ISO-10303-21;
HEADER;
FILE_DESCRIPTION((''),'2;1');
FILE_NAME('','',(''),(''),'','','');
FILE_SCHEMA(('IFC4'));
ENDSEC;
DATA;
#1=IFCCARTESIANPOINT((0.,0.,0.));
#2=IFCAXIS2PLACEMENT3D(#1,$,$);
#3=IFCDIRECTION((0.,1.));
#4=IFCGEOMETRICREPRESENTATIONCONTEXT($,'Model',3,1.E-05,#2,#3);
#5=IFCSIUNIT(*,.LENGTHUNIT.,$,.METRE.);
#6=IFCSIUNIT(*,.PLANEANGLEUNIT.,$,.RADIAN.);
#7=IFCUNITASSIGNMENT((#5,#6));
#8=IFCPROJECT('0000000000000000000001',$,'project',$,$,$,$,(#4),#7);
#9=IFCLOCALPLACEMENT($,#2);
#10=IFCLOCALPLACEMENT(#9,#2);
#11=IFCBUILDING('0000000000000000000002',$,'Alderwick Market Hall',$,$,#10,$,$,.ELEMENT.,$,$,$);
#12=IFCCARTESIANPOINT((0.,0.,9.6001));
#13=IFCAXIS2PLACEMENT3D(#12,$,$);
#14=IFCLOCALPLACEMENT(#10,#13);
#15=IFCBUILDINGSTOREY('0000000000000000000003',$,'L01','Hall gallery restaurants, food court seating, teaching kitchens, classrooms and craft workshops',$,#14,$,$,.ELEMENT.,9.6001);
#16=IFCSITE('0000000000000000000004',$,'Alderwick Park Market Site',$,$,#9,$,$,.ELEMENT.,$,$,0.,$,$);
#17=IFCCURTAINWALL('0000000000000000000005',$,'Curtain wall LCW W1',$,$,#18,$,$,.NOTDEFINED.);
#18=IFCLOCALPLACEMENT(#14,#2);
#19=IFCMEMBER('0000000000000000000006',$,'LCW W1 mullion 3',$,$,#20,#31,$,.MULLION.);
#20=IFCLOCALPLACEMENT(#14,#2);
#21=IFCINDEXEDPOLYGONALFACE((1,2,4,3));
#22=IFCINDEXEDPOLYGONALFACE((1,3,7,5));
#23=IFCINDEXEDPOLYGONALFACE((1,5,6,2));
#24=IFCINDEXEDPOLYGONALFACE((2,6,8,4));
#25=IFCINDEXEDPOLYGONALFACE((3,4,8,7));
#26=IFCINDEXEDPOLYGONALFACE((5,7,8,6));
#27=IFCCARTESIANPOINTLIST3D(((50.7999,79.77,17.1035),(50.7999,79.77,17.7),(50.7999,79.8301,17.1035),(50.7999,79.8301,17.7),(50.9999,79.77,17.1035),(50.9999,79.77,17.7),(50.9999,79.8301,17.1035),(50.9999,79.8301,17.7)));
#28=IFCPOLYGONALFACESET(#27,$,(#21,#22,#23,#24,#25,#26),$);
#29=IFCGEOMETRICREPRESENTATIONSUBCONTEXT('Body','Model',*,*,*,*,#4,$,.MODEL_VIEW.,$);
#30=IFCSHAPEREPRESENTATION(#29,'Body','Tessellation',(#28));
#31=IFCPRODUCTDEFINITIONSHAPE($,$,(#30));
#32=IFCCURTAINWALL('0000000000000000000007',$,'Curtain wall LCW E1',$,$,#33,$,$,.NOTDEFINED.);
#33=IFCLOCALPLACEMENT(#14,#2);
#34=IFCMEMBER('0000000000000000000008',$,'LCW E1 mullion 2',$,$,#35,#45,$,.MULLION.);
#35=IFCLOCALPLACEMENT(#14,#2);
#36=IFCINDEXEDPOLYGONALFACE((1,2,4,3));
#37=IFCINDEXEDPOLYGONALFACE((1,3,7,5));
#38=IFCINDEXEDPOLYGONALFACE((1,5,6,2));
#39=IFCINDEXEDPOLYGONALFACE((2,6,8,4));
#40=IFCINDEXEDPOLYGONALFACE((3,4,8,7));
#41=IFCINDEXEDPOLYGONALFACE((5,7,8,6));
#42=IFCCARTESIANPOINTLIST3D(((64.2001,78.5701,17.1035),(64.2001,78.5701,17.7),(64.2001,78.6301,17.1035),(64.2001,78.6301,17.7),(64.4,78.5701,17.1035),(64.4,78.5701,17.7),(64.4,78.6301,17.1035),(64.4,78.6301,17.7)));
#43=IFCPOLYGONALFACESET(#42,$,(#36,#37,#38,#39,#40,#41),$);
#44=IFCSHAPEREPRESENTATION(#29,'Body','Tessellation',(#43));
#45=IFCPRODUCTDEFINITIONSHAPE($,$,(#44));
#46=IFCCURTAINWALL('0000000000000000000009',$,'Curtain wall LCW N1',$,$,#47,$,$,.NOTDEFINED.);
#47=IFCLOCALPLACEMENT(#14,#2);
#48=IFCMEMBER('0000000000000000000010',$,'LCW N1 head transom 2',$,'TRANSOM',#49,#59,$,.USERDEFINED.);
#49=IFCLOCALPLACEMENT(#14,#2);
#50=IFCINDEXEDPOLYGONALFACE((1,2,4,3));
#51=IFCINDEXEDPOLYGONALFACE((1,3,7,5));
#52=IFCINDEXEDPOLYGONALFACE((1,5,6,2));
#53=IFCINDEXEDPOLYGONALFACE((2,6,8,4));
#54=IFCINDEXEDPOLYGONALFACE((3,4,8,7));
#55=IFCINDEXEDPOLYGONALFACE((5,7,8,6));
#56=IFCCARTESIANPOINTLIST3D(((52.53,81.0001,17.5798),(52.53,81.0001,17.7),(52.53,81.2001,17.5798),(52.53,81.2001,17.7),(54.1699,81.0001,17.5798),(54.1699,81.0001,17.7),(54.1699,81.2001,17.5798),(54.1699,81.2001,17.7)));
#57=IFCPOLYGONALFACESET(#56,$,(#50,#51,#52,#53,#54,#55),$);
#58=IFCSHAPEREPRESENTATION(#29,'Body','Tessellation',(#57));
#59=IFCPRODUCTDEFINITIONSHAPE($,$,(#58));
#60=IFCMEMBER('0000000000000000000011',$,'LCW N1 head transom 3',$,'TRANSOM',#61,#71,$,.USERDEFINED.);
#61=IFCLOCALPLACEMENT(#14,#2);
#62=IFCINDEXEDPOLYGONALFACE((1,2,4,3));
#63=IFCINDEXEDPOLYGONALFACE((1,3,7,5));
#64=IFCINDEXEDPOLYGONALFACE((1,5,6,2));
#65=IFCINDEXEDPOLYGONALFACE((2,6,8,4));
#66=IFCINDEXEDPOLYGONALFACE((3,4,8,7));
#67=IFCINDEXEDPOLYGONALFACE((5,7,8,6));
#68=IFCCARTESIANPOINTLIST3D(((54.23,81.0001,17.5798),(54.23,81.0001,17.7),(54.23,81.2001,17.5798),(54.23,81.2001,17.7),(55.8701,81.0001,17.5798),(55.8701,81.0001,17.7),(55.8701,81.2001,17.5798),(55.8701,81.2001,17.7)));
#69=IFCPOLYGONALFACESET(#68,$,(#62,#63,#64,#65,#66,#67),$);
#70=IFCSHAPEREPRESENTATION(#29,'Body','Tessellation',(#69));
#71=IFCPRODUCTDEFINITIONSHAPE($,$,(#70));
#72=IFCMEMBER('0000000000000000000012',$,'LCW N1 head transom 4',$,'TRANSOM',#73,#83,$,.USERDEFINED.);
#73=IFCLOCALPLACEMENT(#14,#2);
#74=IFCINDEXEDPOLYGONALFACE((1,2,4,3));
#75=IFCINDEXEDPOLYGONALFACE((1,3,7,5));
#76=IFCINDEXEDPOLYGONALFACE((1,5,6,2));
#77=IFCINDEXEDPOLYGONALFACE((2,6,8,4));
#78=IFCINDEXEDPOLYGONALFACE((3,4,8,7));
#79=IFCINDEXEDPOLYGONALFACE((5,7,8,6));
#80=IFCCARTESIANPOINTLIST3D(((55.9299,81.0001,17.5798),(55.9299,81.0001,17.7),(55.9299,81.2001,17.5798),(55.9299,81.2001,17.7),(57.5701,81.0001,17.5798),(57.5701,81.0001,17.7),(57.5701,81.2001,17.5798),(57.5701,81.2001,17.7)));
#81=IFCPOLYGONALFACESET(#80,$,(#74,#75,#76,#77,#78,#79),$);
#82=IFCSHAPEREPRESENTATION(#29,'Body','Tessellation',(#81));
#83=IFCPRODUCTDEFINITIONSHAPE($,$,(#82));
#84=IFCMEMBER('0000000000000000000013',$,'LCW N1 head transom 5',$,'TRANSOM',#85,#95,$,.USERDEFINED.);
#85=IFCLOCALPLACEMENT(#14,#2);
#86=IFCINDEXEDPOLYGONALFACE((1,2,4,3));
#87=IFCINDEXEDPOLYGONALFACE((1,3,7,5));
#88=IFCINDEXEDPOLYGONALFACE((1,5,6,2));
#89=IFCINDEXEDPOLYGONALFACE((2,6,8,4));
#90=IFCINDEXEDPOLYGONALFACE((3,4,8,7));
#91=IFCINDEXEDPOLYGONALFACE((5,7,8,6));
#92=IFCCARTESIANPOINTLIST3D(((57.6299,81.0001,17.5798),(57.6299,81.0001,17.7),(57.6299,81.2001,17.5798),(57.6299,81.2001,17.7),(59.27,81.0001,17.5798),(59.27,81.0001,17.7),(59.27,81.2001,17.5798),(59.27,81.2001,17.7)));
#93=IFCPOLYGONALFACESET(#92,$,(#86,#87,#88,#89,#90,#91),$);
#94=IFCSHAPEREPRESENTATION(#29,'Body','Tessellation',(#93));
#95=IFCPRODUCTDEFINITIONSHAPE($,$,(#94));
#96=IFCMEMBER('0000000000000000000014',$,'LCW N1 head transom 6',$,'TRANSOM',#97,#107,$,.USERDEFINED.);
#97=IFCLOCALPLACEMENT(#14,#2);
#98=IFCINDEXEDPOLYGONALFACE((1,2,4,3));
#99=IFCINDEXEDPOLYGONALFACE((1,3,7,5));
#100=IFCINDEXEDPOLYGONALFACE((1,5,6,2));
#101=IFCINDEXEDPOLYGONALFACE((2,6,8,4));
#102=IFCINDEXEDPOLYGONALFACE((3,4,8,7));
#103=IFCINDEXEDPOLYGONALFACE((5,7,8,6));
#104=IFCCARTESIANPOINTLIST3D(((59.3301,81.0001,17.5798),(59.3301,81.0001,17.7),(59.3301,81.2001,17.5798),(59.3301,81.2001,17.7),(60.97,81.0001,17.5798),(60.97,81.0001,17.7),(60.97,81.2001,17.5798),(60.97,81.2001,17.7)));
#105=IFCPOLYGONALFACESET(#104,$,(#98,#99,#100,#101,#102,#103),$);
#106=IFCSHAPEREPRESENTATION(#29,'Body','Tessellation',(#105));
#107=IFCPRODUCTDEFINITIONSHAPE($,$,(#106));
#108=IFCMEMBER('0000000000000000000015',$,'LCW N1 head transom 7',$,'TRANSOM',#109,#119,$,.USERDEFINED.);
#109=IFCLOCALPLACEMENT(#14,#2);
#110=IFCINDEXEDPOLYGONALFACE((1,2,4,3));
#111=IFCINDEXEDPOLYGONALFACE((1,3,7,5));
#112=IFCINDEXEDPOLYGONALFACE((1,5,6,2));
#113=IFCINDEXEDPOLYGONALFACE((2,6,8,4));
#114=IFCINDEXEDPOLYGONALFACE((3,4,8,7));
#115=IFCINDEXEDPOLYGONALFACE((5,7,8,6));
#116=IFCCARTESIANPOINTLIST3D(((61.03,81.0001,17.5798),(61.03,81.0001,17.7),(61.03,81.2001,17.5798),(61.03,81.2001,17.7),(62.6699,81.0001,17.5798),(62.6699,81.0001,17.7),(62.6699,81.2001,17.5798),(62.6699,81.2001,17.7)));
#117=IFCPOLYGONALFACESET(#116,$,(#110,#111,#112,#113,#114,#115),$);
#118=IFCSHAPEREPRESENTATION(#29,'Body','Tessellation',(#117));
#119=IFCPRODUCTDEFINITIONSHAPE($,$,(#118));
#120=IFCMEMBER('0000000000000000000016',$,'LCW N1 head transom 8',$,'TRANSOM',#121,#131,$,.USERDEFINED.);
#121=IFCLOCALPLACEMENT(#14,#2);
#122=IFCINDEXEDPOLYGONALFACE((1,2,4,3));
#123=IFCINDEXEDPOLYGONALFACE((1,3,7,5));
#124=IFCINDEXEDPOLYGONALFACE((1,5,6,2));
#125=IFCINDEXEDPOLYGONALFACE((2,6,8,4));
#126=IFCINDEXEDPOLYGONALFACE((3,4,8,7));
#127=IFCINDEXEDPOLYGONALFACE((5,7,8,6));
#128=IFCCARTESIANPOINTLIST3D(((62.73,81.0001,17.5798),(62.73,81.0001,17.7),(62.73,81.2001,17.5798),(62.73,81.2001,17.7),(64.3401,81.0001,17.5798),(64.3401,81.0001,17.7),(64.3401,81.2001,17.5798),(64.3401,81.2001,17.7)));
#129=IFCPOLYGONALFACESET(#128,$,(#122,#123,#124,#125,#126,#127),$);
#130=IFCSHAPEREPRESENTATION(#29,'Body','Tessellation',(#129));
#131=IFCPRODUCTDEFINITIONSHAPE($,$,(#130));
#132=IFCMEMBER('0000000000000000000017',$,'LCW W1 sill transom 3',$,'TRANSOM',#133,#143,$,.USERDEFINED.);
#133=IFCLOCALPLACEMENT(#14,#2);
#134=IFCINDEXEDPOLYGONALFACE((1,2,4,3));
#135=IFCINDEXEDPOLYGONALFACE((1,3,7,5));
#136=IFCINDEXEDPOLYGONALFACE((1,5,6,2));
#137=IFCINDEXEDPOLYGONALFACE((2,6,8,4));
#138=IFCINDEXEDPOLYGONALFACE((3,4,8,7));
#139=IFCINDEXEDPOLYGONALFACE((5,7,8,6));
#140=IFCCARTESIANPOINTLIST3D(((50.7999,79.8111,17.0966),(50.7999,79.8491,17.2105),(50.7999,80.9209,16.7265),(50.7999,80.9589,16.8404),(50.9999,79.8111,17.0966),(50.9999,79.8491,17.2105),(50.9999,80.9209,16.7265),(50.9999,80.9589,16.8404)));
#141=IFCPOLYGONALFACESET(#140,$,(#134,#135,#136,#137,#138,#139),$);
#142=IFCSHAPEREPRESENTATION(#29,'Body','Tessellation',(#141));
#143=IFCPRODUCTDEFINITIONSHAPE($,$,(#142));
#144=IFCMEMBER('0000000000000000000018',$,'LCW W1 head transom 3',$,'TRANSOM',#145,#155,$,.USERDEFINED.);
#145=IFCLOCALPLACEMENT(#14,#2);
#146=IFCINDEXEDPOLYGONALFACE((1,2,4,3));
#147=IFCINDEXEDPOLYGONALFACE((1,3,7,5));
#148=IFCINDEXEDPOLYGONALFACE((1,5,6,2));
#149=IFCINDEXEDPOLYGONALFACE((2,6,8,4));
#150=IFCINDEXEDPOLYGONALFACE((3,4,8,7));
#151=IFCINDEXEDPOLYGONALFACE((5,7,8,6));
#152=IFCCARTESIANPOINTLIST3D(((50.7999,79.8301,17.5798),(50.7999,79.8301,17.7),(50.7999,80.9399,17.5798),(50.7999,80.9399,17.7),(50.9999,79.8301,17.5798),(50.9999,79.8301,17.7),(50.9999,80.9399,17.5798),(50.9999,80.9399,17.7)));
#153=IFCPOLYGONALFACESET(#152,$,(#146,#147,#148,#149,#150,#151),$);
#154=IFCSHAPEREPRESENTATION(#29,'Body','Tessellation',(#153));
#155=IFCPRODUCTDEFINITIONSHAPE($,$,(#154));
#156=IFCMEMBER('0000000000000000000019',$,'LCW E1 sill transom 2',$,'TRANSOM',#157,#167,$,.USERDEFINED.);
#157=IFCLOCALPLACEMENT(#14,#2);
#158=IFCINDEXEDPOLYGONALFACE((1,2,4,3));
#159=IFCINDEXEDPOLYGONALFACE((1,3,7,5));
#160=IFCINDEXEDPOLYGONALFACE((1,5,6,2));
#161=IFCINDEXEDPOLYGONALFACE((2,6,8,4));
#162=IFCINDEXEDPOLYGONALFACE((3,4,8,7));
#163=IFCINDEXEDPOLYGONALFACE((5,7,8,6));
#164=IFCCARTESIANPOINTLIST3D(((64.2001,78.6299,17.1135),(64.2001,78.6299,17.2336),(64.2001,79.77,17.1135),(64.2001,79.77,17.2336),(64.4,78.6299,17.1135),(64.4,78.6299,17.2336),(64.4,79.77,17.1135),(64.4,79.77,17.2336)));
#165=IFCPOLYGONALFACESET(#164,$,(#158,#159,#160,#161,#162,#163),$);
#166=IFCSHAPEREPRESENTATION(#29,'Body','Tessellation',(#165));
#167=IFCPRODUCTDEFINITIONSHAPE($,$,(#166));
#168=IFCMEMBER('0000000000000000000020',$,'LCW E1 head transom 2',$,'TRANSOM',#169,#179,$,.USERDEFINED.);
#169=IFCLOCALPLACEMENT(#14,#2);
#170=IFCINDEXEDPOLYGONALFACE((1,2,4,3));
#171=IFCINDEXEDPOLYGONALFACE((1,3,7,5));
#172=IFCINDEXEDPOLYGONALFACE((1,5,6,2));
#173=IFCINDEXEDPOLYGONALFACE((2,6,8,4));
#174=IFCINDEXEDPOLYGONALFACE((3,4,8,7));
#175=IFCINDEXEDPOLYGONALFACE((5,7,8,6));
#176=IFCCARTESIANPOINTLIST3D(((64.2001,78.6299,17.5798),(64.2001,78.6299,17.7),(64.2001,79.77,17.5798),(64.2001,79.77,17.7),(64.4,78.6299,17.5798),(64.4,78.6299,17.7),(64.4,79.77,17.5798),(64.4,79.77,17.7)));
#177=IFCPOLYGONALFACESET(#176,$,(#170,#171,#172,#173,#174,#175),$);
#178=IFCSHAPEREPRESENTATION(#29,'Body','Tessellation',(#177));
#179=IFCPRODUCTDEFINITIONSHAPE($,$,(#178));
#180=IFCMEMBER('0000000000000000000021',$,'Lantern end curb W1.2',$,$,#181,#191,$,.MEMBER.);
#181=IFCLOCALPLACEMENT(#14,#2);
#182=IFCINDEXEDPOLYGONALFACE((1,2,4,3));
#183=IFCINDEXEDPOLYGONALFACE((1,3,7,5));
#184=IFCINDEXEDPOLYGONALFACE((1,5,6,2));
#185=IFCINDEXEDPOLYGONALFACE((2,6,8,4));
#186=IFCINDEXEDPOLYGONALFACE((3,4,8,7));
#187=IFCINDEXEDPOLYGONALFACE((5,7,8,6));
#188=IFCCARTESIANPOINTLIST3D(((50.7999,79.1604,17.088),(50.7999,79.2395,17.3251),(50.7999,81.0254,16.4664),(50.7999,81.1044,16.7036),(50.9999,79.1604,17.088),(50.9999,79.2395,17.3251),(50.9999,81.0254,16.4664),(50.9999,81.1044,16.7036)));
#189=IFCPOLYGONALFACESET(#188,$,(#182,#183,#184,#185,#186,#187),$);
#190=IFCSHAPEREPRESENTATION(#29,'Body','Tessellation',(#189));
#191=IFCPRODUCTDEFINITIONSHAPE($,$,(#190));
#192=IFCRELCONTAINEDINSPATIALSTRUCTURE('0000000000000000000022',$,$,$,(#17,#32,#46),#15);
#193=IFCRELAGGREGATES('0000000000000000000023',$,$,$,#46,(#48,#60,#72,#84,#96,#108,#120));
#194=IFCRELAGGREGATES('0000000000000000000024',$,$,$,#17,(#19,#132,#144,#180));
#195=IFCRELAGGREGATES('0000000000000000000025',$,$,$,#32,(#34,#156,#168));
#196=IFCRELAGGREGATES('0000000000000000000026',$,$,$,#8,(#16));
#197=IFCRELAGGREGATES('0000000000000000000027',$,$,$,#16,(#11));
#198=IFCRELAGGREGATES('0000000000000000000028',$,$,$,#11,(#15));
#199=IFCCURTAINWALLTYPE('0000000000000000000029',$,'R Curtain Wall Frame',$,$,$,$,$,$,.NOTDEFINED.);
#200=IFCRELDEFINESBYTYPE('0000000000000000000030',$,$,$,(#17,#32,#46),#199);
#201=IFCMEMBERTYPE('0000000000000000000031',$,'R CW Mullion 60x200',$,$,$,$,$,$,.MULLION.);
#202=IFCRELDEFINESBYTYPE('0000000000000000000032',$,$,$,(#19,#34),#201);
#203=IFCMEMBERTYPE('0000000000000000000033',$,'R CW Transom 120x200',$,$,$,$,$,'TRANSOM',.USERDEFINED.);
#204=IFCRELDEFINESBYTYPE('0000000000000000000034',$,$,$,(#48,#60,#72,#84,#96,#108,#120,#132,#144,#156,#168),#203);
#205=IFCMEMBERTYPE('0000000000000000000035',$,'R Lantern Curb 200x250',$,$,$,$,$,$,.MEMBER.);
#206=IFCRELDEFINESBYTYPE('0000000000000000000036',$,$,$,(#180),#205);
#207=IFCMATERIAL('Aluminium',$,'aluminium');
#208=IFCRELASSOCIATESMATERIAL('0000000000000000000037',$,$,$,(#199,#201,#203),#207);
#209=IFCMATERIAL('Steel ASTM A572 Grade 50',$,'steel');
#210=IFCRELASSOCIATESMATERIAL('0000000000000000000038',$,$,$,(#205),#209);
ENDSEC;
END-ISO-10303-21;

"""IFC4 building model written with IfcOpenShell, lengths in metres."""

from ifc_helpers import new_model, si_unit, direction, frame, origin, origin_2d, place, context, subcontext, project, spatial, rectangle, extrude, material, material_profile, profile_set, type_object, element, aggregate, save


model = new_model("IFC4")

# Units and contexts
model_context = context("Model", 3, precision=1e-05, world=origin(), true_north=direction((0.0, 1.0)))
body_context = subcontext(model_context, "Body", "Model", "MODEL_VIEW")
ifc_project = project(units=[si_unit("LENGTHUNIT", "METRE"), si_unit("PLANEANGLEUNIT", "RADIAN")], contexts=[model_context])

# Site, building, storey
site_placement = place(None, origin())
site = spatial("IfcSite", under=ifc_project, at=site_placement, Name="Alderwick Park Market Site", CompositionType="ELEMENT", RefElevation=0.0)
building_placement = place(site_placement, origin())
building = spatial("IfcBuilding", under=site, at=building_placement, Name="Alderwick Market Hall", CompositionType="ELEMENT")
storey_placement = place(building_placement, frame((0.0, 0.0, 9.6001)))
storey = spatial("IfcBuildingStorey", under=building, at=storey_placement, Name="L01", Description="Hall gallery restaurants, food court seating, teaching kitchens, classrooms and craft workshops", CompositionType="ELEMENT", Elevation=9.6001)

# Curtain walls, members
ifc_material_1 = material(Name="Aluminium", Category="aluminium")
curtain_wall_type = type_object("IfcCurtainWallType", Name="R Curtain Wall Frame", PredefinedType="NOTDEFINED", material=ifc_material_1)
curtain_wall_1_placement = place(storey_placement, origin())
curtain_wall_1 = element("IfcCurtainWall", 1, at=curtain_wall_1_placement, inside=storey, type_object=curtain_wall_type, Name="Curtain wall LCW W1", PredefinedType="NOTDEFINED")
ifc_material_profile_1 = material_profile(ifc_material_1, rectangle(XDim=0.2, YDim=0.0601, at=origin_2d()), Name="AL 60x200")
ifc_profile_set_1 = profile_set([ifc_material_profile_1], Name="Aluminium")
member_type_1 = type_object("IfcMemberType", Name="R CW Mullion 60x200", PredefinedType="MULLION", material=ifc_profile_set_1)
member_1_placement = place(storey_placement, frame((50.8999, 79.8, 17.1035), z_axis=(0.0, 0.0, 1.0), x_axis=(1.0, 0.0, 0.0)))
member_1 = element("IfcMember", 2, at=member_1_placement, type_object=member_type_1, Name="LCW W1 mullion 3", PredefinedType="MULLION", context=body_context, shape_type="SweptSolid", body=[
    extrude(rectangle(XDim=0.2, YDim=0.0601, at=origin_2d()), origin(), (0.0, 0.0, 1.0), 0.5964),
])
curtain_wall_2_placement = place(storey_placement, origin())
curtain_wall_2 = element("IfcCurtainWall", 3, at=curtain_wall_2_placement, inside=storey, type_object=curtain_wall_type, Name="Curtain wall LCW E1", PredefinedType="NOTDEFINED")
member_2_placement = place(storey_placement, frame((64.3, 78.6001, 17.1035), z_axis=(0.0, 0.0, 1.0), x_axis=(1.0, 0.0, 0.0)))
member_2 = element("IfcMember", 4, at=member_2_placement, type_object=member_type_1, Name="LCW E1 mullion 2", PredefinedType="MULLION", context=body_context, shape_type="SweptSolid", body=[
    extrude(rectangle(XDim=0.2, YDim=0.0601, at=origin_2d()), origin(), (0.0, 0.0, 1.0), 0.5964),
])

# Curtain wall, members
curtain_wall_3_placement = place(storey_placement, origin())
curtain_wall_3 = element("IfcCurtainWall", 5, at=curtain_wall_3_placement, inside=storey, type_object=curtain_wall_type, Name="Curtain wall LCW N1", PredefinedType="NOTDEFINED")
ifc_material_profile_2 = material_profile(ifc_material_1, rectangle(XDim=0.2, YDim=0.1201, at=origin_2d()), Name="AL 120x200")
ifc_profile_set_2 = profile_set([ifc_material_profile_2], Name="Aluminium")
member_type_2 = type_object("IfcMemberType", Name="R CW Transom 120x200", ElementType="TRANSOM", PredefinedType="USERDEFINED", material=ifc_profile_set_2)
member_3_placement = place(storey_placement, frame((52.53, 81.1001, 17.6399), z_axis=(1.0, 0.0, 0.0), x_axis=(0.0, 1.0, 0.0)))
member_3 = element("IfcMember", 6, at=member_3_placement, type_object=member_type_2, Name="LCW N1 head transom 2", ObjectType="TRANSOM", PredefinedType="USERDEFINED", context=body_context, shape_type="SweptSolid", body=[
    extrude(rectangle(XDim=0.2, YDim=0.1201, at=origin_2d()), origin(), (0.0, 0.0, 1.0), 1.6399),
])
member_4_placement = place(storey_placement, frame((54.23, 81.1001, 17.6399), z_axis=(1.0, 0.0, 0.0), x_axis=(0.0, 1.0, 0.0)))
member_4 = element("IfcMember", 7, at=member_4_placement, type_object=member_type_2, Name="LCW N1 head transom 3", ObjectType="TRANSOM", PredefinedType="USERDEFINED", context=body_context, shape_type="SweptSolid", body=[
    extrude(rectangle(XDim=0.2, YDim=0.1201, at=origin_2d()), origin(), (0.0, 0.0, 1.0), 1.6401),
])
member_5_placement = place(storey_placement, frame((55.9299, 81.1001, 17.6399), z_axis=(1.0, 0.0, 0.0), x_axis=(0.0, 1.0, 0.0)))
member_5 = element("IfcMember", 8, at=member_5_placement, type_object=member_type_2, Name="LCW N1 head transom 4", ObjectType="TRANSOM", PredefinedType="USERDEFINED", context=body_context, shape_type="SweptSolid", body=[
    extrude(rectangle(XDim=0.2, YDim=0.1201, at=origin_2d()), origin(), (0.0, 0.0, 1.0), 1.6401),
])
member_6_placement = place(storey_placement, frame((57.6299, 81.1001, 17.6399), z_axis=(1.0, 0.0, 0.0), x_axis=(0.0, 1.0, 0.0)))
member_6 = element("IfcMember", 9, at=member_6_placement, type_object=member_type_2, Name="LCW N1 head transom 5", ObjectType="TRANSOM", PredefinedType="USERDEFINED", context=body_context, shape_type="SweptSolid", body=[
    extrude(rectangle(XDim=0.2, YDim=0.1201, at=origin_2d()), origin(), (0.0, 0.0, 1.0), 1.6401),
])
member_7_placement = place(storey_placement, frame((59.3301, 81.1001, 17.6399), z_axis=(1.0, 0.0, 0.0), x_axis=(0.0, 1.0, 0.0)))
member_7 = element("IfcMember", 10, at=member_7_placement, type_object=member_type_2, Name="LCW N1 head transom 6", ObjectType="TRANSOM", PredefinedType="USERDEFINED", context=body_context, shape_type="SweptSolid", body=[
    extrude(rectangle(XDim=0.2, YDim=0.1201, at=origin_2d()), origin(), (0.0, 0.0, 1.0), 1.6399),
])
member_8_placement = place(storey_placement, frame((61.03, 81.1001, 17.6399), z_axis=(1.0, 0.0, 0.0), x_axis=(0.0, 1.0, 0.0)))
member_8 = element("IfcMember", 11, at=member_8_placement, type_object=member_type_2, Name="LCW N1 head transom 7", ObjectType="TRANSOM", PredefinedType="USERDEFINED", context=body_context, shape_type="SweptSolid", body=[
    extrude(rectangle(XDim=0.2, YDim=0.1201, at=origin_2d()), origin(), (0.0, 0.0, 1.0), 1.6399),
])
member_9_placement = place(storey_placement, frame((62.73, 81.1001, 17.6399), z_axis=(1.0, 0.0, 0.0), x_axis=(0.0, 1.0, 0.0)))
member_9 = element("IfcMember", 12, at=member_9_placement, type_object=member_type_2, Name="LCW N1 head transom 8", ObjectType="TRANSOM", PredefinedType="USERDEFINED", context=body_context, shape_type="SweptSolid", body=[
    extrude(rectangle(XDim=0.2, YDim=0.1201, at=origin_2d()), origin(), (0.0, 0.0, 1.0), 1.6101),
])

# Members
member_10_placement = place(storey_placement, frame((50.8999, 79.8301, 17.1536), z_axis=(0.0, 0.948642, -0.316353), x_axis=(-1.0, 0.0, 0.0)))
member_10 = element("IfcMember", 13, at=member_10_placement, type_object=member_type_2, Name="LCW W1 sill transom 3", ObjectType="TRANSOM", PredefinedType="USERDEFINED", context=body_context, shape_type="SweptSolid", body=[
    extrude(rectangle(XDim=0.2, YDim=0.1201, at=origin_2d()), origin(), (0.0, 0.0, 1.0), 1.1699),
])
member_11_placement = place(storey_placement, frame((50.8999, 79.8301, 17.6399), z_axis=(0.0, 1.0, 0.0), x_axis=(-1.0, 0.0, 0.0)))
member_11 = element("IfcMember", 14, at=member_11_placement, type_object=member_type_2, Name="LCW W1 head transom 3", ObjectType="TRANSOM", PredefinedType="USERDEFINED", context=body_context, shape_type="SweptSolid", body=[
    extrude(rectangle(XDim=0.2, YDim=0.1201, at=origin_2d()), origin(), (0.0, 0.0, 1.0), 1.1099),
])
member_12_placement = place(storey_placement, frame((64.3, 78.6299, 17.1736), z_axis=(0.0, 1.0, 0.0), x_axis=(-1.0, 0.0, 0.0)))
member_12 = element("IfcMember", 15, at=member_12_placement, type_object=member_type_2, Name="LCW E1 sill transom 2", ObjectType="TRANSOM", PredefinedType="USERDEFINED", context=body_context, shape_type="SweptSolid", body=[
    extrude(rectangle(XDim=0.2, YDim=0.1201, at=origin_2d()), origin(), (0.0, 0.0, 1.0), 1.1401),
])
member_13_placement = place(storey_placement, frame((64.3, 78.6299, 17.6399), z_axis=(0.0, 1.0, 0.0), x_axis=(-1.0, 0.0, 0.0)))
member_13 = element("IfcMember", 16, at=member_13_placement, type_object=member_type_2, Name="LCW E1 head transom 2", ObjectType="TRANSOM", PredefinedType="USERDEFINED", context=body_context, shape_type="SweptSolid", body=[
    extrude(rectangle(XDim=0.2, YDim=0.1201, at=origin_2d()), origin(), (0.0, 0.0, 1.0), 1.1401),
])
ifc_material_2 = material(Name="Steel ASTM A572 Grade 50", Category="steel")
ifc_material_profile_3 = material_profile(ifc_material_2, rectangle(XDim=0.2, YDim=0.25, at=origin_2d()), Name="Steel plate curb 200x250")
ifc_profile_set_3 = profile_set([ifc_material_profile_3], Name="Steel ASTM A572 Grade 50")
member_type_3 = type_object("IfcMemberType", Name="R Lantern Curb 200x250", PredefinedType="MEMBER", material=ifc_profile_set_3)
member_14_placement = place(storey_placement, frame((50.8999, 79.2, 17.2065), z_axis=(0.0, 0.948696, -0.316191), x_axis=(-1.0, 0.0, 0.0)))
member_14 = element("IfcMember", 17, at=member_14_placement, type_object=member_type_3, Name="Lantern end curb W1.2", PredefinedType="MEMBER", context=body_context, shape_type="SweptSolid", body=[
    extrude(rectangle(XDim=0.2, YDim=0.25, at=origin_2d()), origin(), (0.0, 0.0, 1.0), 1.9658),
])

aggregate(curtain_wall_3, [member_3, member_4, member_5, member_6, member_7, member_8, member_9])
aggregate(curtain_wall_1, [member_1, member_10, member_11, member_14])
aggregate(curtain_wall_2, [member_2, member_12, member_13])

save(model, "model.ifc")
